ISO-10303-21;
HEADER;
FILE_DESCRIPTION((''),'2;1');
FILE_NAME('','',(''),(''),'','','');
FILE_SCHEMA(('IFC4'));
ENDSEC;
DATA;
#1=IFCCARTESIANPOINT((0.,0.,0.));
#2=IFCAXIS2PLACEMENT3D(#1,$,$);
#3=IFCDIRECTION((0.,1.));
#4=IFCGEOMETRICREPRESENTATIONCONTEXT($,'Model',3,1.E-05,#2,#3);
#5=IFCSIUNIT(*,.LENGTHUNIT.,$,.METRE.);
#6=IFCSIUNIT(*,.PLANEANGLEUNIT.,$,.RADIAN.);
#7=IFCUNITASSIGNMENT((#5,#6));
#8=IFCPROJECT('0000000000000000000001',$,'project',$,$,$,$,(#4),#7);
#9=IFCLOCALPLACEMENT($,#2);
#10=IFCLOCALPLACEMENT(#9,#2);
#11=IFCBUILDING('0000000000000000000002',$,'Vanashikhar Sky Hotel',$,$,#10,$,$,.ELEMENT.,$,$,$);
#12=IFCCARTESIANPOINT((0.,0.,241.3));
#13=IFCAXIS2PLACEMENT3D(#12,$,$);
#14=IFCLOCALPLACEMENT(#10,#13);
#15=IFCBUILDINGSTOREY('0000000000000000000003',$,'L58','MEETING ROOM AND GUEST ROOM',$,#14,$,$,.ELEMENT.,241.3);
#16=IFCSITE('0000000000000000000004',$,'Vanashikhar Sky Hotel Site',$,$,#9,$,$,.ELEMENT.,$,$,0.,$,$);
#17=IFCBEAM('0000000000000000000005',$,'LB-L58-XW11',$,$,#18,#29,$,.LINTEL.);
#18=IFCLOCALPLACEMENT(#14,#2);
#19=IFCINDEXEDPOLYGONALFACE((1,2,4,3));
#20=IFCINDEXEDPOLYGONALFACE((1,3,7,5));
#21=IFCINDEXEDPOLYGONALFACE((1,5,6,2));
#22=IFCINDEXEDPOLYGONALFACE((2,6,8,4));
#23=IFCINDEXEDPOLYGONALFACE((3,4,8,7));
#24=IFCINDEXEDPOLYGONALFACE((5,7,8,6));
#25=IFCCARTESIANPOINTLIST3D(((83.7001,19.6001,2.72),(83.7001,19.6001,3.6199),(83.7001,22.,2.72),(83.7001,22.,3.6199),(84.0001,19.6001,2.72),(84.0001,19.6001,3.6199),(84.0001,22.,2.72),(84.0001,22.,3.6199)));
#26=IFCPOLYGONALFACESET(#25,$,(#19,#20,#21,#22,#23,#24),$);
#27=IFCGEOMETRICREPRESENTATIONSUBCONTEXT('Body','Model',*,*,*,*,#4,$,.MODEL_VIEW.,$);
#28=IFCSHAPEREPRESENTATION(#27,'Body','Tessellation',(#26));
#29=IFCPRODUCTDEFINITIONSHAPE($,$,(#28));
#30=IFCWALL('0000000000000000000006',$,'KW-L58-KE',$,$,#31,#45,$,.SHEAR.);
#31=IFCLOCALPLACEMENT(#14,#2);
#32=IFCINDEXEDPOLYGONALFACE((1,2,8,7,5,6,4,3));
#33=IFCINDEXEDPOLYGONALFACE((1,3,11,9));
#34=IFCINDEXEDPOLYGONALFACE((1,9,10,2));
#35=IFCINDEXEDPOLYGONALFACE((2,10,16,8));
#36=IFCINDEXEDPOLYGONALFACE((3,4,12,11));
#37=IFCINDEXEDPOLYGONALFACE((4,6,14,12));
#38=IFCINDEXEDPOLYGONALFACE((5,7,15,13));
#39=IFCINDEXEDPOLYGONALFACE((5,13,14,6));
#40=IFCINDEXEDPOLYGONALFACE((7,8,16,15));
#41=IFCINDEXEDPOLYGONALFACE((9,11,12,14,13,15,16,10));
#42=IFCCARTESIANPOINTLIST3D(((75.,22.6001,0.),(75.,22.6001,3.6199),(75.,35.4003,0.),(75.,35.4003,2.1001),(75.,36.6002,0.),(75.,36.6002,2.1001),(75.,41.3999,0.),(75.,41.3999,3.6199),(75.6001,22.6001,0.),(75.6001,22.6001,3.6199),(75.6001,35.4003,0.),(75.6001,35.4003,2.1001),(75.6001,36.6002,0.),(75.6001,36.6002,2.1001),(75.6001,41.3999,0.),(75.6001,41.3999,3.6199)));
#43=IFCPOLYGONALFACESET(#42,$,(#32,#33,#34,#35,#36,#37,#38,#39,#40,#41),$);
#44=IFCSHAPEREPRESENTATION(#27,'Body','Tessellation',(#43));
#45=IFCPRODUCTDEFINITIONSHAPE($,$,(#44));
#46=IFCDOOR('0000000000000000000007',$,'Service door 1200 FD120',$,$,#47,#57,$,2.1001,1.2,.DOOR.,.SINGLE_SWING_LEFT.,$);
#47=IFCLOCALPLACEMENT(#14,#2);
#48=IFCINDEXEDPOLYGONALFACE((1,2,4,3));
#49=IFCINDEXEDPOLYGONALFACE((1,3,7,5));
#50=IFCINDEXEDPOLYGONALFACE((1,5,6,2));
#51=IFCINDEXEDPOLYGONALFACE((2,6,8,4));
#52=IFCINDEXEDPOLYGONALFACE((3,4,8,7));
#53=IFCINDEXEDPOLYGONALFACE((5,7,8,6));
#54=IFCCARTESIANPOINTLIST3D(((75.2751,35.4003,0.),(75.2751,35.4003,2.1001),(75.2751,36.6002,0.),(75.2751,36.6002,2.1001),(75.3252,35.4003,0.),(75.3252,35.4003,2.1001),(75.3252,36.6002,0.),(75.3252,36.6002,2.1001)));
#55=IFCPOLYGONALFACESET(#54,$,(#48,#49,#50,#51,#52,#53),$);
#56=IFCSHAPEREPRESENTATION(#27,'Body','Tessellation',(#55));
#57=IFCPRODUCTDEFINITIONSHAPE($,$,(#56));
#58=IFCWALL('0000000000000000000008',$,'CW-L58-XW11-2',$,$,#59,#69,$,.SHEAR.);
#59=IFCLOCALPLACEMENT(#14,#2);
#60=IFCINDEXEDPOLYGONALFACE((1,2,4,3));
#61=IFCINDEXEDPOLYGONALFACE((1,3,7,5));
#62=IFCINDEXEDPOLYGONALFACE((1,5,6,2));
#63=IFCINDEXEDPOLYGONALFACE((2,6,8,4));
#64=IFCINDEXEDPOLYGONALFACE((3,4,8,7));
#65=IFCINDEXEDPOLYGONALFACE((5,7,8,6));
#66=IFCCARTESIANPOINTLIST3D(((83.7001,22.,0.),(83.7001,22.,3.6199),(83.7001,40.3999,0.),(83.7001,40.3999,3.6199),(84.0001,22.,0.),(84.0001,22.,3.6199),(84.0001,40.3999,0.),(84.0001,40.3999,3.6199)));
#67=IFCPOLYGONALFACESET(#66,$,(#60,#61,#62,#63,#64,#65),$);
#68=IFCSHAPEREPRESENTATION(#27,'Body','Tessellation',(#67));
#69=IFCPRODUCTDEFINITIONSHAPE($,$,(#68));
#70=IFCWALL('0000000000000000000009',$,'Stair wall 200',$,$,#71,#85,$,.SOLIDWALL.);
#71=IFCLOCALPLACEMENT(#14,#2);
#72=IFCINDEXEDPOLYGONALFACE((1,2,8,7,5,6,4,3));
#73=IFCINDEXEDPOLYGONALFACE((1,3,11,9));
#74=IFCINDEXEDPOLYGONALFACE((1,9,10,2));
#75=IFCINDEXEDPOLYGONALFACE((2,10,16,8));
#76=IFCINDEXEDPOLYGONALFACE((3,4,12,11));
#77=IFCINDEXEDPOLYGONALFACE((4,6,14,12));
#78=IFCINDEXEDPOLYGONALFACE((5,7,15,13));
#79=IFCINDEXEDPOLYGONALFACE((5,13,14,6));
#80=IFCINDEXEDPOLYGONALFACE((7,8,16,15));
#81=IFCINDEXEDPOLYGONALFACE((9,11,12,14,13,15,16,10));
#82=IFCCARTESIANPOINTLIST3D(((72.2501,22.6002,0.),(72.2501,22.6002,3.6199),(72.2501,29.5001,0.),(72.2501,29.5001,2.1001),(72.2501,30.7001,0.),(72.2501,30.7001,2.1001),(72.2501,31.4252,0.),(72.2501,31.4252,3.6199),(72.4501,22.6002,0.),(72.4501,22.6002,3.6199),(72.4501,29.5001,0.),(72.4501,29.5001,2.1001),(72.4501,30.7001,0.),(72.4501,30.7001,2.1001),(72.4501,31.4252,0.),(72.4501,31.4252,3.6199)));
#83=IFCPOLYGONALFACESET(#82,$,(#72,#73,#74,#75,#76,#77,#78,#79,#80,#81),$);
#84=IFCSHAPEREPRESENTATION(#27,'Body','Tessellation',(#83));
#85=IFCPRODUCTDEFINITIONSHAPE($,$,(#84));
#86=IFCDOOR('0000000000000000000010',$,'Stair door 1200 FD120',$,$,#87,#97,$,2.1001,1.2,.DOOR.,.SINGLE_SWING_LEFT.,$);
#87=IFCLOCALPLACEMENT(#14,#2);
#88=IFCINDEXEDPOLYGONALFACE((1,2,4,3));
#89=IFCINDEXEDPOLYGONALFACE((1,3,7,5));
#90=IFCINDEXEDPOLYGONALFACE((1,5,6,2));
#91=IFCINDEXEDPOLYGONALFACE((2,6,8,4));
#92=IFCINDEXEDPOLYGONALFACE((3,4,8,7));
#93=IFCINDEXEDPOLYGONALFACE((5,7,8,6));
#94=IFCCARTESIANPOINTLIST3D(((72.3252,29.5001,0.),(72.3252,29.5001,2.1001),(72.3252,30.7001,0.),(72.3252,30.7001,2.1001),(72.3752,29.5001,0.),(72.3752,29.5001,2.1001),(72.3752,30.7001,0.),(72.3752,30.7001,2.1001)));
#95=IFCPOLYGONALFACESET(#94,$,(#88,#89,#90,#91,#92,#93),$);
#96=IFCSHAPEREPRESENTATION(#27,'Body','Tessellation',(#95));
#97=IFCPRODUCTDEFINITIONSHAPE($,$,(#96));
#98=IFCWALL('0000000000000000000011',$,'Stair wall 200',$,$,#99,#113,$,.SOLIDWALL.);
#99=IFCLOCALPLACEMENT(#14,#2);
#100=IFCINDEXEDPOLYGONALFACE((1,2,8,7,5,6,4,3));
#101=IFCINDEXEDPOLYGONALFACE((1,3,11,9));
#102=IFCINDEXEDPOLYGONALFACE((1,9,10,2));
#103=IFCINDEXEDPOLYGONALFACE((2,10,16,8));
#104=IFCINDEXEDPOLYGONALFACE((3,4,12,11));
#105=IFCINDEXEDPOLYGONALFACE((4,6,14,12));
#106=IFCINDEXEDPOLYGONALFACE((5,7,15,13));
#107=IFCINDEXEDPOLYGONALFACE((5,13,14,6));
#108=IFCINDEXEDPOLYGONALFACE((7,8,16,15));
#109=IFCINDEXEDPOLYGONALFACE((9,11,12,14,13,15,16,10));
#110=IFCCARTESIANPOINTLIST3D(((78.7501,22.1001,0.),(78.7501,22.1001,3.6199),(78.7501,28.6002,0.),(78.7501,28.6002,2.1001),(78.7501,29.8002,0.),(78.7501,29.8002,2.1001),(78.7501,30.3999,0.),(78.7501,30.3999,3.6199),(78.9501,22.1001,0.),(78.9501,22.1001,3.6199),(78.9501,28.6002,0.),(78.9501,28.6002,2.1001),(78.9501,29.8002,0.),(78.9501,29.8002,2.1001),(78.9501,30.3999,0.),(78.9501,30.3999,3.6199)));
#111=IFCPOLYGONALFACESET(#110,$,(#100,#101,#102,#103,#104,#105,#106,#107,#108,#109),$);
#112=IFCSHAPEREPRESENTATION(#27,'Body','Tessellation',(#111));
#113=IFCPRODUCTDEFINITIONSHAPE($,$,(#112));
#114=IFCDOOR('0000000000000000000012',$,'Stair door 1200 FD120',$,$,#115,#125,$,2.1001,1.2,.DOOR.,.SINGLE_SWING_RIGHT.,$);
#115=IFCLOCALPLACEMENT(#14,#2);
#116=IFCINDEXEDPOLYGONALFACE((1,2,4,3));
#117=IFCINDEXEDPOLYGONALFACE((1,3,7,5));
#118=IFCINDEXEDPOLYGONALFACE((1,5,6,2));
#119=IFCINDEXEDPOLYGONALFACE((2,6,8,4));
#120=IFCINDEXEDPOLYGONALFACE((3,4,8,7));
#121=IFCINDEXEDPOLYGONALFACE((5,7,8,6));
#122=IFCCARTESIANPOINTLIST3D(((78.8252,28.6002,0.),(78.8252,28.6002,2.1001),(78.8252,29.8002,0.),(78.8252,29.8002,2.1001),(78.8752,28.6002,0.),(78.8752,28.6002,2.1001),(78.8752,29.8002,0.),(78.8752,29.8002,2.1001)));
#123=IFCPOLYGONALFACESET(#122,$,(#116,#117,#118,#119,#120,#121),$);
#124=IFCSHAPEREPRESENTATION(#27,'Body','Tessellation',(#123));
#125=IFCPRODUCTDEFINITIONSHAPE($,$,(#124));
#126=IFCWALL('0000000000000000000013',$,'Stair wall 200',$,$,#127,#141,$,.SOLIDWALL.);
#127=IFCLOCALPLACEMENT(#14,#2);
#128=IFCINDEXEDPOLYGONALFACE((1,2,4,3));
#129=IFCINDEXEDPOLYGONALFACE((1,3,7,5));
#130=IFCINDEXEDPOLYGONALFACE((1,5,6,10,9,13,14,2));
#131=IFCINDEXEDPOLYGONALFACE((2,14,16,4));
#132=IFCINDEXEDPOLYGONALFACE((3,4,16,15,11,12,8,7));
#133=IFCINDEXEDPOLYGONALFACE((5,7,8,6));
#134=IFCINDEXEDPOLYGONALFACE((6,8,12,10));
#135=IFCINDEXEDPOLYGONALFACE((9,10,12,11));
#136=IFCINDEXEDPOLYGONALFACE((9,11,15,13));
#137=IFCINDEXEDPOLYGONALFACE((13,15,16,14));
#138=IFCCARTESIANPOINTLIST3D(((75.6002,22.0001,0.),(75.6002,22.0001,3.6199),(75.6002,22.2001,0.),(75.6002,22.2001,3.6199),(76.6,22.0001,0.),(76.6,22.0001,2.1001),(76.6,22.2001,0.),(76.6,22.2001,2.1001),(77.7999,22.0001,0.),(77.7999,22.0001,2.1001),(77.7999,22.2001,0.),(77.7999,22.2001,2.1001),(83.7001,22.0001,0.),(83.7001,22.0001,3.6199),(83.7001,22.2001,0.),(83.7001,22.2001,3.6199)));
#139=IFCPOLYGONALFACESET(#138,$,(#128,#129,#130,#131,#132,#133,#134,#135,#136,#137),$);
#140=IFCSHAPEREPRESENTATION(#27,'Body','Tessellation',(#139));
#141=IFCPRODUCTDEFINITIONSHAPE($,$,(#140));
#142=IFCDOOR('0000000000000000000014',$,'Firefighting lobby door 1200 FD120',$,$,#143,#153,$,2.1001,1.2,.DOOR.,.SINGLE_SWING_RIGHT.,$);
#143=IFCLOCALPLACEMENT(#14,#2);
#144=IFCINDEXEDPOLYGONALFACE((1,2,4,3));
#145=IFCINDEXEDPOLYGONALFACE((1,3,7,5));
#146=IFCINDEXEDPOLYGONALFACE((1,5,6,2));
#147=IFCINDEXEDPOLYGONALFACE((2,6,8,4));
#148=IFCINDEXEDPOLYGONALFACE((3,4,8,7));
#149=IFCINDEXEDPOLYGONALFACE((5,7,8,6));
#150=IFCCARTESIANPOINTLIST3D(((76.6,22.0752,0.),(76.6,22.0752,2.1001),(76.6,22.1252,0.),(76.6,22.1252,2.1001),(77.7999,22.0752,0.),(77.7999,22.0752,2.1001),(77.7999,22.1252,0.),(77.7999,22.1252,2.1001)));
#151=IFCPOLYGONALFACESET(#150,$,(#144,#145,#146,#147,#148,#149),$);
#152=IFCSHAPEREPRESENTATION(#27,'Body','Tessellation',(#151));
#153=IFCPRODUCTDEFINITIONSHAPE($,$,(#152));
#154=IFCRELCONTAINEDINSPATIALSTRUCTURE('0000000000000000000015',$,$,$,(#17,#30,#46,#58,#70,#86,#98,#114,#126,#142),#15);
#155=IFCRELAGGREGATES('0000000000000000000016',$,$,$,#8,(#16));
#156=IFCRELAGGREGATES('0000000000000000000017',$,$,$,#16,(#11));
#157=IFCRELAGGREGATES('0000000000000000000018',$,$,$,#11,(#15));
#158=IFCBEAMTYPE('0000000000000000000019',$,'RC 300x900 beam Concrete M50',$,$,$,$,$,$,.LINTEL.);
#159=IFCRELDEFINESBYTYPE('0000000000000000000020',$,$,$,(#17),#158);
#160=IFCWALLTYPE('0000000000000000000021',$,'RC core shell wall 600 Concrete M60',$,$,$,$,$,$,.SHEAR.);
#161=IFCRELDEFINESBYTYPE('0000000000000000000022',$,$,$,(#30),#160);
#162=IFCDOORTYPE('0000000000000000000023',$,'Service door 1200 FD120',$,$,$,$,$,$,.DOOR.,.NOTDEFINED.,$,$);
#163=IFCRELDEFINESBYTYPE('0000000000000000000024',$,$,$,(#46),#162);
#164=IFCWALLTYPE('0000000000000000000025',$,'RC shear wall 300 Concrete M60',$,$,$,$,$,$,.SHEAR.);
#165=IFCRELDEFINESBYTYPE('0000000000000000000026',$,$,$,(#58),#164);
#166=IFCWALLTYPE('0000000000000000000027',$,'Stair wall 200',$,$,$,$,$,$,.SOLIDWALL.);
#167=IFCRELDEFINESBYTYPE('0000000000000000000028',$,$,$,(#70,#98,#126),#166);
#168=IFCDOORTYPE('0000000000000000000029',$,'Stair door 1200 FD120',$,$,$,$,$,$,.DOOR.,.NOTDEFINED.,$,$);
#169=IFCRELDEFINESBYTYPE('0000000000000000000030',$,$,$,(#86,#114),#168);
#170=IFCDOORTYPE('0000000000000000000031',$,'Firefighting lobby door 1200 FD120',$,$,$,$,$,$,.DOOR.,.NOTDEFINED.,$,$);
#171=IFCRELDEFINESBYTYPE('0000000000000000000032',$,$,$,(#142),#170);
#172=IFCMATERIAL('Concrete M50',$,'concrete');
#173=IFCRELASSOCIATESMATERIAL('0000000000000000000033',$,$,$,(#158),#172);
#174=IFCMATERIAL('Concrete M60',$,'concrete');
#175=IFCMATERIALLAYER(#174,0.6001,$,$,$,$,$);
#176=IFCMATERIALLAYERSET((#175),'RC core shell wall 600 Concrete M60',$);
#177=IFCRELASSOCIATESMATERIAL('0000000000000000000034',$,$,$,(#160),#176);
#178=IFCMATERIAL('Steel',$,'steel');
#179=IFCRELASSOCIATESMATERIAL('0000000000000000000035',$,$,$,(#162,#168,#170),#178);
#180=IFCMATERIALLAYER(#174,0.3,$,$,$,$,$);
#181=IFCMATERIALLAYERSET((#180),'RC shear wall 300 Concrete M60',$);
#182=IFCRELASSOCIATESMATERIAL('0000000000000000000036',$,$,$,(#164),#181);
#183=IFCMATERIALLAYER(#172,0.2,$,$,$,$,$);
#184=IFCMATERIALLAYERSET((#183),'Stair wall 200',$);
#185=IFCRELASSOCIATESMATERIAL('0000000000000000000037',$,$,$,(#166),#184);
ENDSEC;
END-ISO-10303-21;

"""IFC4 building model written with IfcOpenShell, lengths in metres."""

from ifc_helpers import new_model, si_unit, direction, frame, frame_2d, origin, origin_2d, place, context, subcontext, project, spatial, rectangle, extrude, source, transform, mapped, material, layer, layer_set, material_profile, profile_set, type_object, element, fill, save


model = new_model("IFC4")

# Units and contexts
model_context = context("Model", 3, precision=1e-05, world=origin(), true_north=direction((0.0, 1.0)))
body_context = subcontext(model_context, "Body", "Model", "MODEL_VIEW")
ifc_project = project(units=[si_unit("LENGTHUNIT", "METRE"), si_unit("PLANEANGLEUNIT", "RADIAN")], contexts=[model_context])

# Site, building, storey
site_placement = place(None, origin())
site = spatial("IfcSite", under=ifc_project, at=site_placement, Name="Vanashikhar Sky Hotel Site", CompositionType="ELEMENT", RefElevation=0.0)
building_placement = place(site_placement, origin())
building = spatial("IfcBuilding", under=site, at=building_placement, Name="Vanashikhar Sky Hotel", CompositionType="ELEMENT")
storey_placement = place(building_placement, frame((0.0, 0.0, 241.3)))
storey = spatial("IfcBuildingStorey", under=building, at=storey_placement, Name="L58", Description="MEETING ROOM AND GUEST ROOM", CompositionType="ELEMENT", Elevation=241.3)

# Beam
ifc_material_1 = material(Name="Concrete M50", Category="concrete")
ifc_material_profile = material_profile(ifc_material_1, rectangle(XDim=0.3, YDim=0.8999, at=origin_2d()))
ifc_profile_set = profile_set([ifc_material_profile], Name="RC 300x900 beam Concrete M50")
beam_type = type_object("IfcBeamType", Name="RC 300x900 beam Concrete M50", PredefinedType="LINTEL", material=ifc_profile_set)
shared_shape_1 = source(origin(), body_context, "Body", "SweptSolid", [
    extrude(rectangle(XDim=0.3, YDim=0.8999, at=origin_2d()), origin(), (0.0, 0.0, 1.0), 2.3999),
])
beam_placement = place(storey_placement, frame((83.8501, 19.6001, 3.1699), z_axis=(0.0, 1.0, 0.0), x_axis=(-1.0, 0.0, 0.0)))
element("IfcBeam", 1, at=beam_placement, inside=storey, type_object=beam_type, Name="LB-L58-XW11", PredefinedType="LINTEL", context=body_context, shape_type="MappedRepresentation", body=[
    mapped(shared_shape_1, transform((0.0, 0.0, 0.0), scale=1.0)),
])

# Wall, opening, door
ifc_material_2 = material(Name="Concrete M60", Category="concrete")
ifc_layer_1 = layer(ifc_material_2, 0.6001)
ifc_layer_set_1 = layer_set([ifc_layer_1], Name="RC core shell wall 600 Concrete M60")
wall_type_1 = type_object("IfcWallType", Name="RC core shell wall 600 Concrete M60", PredefinedType="SHEAR", material=ifc_layer_set_1)
shared_shape_2 = source(origin(), body_context, "Body", "SweptSolid", [
    extrude(rectangle(XDim=18.7998, YDim=0.6001, at=frame_2d((9.3999, 0.0))), origin(), (0.0, 0.0, 1.0), 3.6199),
])
wall_1_placement = place(storey_placement, frame((75.3, 22.6001, 0.0), z_axis=(0.0, 0.0, 1.0), x_axis=(0.0, 1.0, 0.0)))
wall_1 = element("IfcWall", 2, at=wall_1_placement, inside=storey, type_object=wall_type_1, Name="KW-L58-KE", PredefinedType="SHEAR", context=body_context, shape_type="MappedRepresentation", body=[
    mapped(shared_shape_2, transform((0.0, 0.0, 0.0), scale=1.0)),
])
shared_shape_3 = source(origin(), body_context, "Body", "SweptSolid", [
    extrude(rectangle(XDim=1.2, YDim=2.1001, at=frame_2d((0.6001, 1.05))), frame((0.0, 0.3101, 0.0), z_axis=(0.0, -1.0, 0.0), x_axis=(1.0, 0.0, 0.0)), (0.0, 0.0, 1.0), 0.6201),
])
opening_1_placement = place(wall_1_placement, frame((12.8, 0.0, 0.0)))
opening_1 = element("IfcOpeningElement", 3, at=opening_1_placement, cuts=wall_1, PredefinedType="OPENING", context=body_context, shape_type="MappedRepresentation", body=[
    mapped(shared_shape_3, transform((0.0, 0.0, 0.0), scale=1.0)),
])
ifc_material_3 = material(Name="Steel", Category="steel")
door_type_1 = type_object("IfcDoorType", Name="Service door 1200 FD120", OperationType="NOTDEFINED", PredefinedType="DOOR", material=ifc_material_3)
shared_shape_4 = source(origin(), body_context, "Body", "SweptSolid", [
    extrude(rectangle(XDim=1.2, YDim=2.1001, at=frame_2d((0.6001, 1.05))), frame((0.0, 0.0249, 0.0), z_axis=(0.0, -1.0, 0.0), x_axis=(1.0, 0.0, 0.0)), (0.0, 0.0, 1.0), 0.05),
])
door_1_placement = place(opening_1_placement, origin())
door_1 = element("IfcDoor", 4, at=door_1_placement, inside=storey, type_object=door_type_1, Name="Service door 1200 FD120", OperationType="SINGLE_SWING_LEFT", OverallHeight=2.1001, OverallWidth=1.2, PredefinedType="DOOR", context=body_context, shape_type="MappedRepresentation", body=[
    mapped(shared_shape_4, transform((0.0, 0.0, 0.0), scale=1.0)),
])
fill(opening_1, door_1)

# Wall
ifc_layer_2 = layer(ifc_material_2, 0.3)
ifc_layer_set_2 = layer_set([ifc_layer_2], Name="RC shear wall 300 Concrete M60")
wall_type_2 = type_object("IfcWallType", Name="RC shear wall 300 Concrete M60", PredefinedType="SHEAR", material=ifc_layer_set_2)
shared_shape_5 = source(origin(), body_context, "Body", "SweptSolid", [
    extrude(rectangle(XDim=18.3999, YDim=0.3, at=frame_2d((9.2, 0.0))), origin(), (0.0, 0.0, 1.0), 3.6199),
])
wall_2_placement = place(storey_placement, frame((83.8501, 22.0, 0.0), z_axis=(0.0, 0.0, 1.0), x_axis=(0.0, 1.0, 0.0)))
element("IfcWall", 5, at=wall_2_placement, inside=storey, type_object=wall_type_2, Name="CW-L58-XW11-2", PredefinedType="SHEAR", context=body_context, shape_type="MappedRepresentation", body=[
    mapped(shared_shape_5, transform((0.0, 0.0, 0.0), scale=1.0)),
])

# Walls, openings, doors
ifc_layer_3 = layer(ifc_material_1, 0.2)
ifc_layer_set_3 = layer_set([ifc_layer_3], Name="Stair wall 200")
wall_type_3 = type_object("IfcWallType", Name="Stair wall 200", PredefinedType="SOLIDWALL", material=ifc_layer_set_3)
shared_shape_6 = source(origin(), body_context, "Body", "SweptSolid", [
    extrude(rectangle(XDim=8.825, YDim=0.2, at=frame_2d((4.4126, 0.0))), origin(), (0.0, 0.0, 1.0), 3.6199),
])
wall_3_placement = place(storey_placement, frame((72.3501, 22.6001, 0.0), z_axis=(0.0, 0.0, 1.0), x_axis=(0.0, 1.0, 0.0)))
wall_3 = element("IfcWall", 6, at=wall_3_placement, inside=storey, type_object=wall_type_3, Name="Stair wall 200", PredefinedType="SOLIDWALL", context=body_context, shape_type="MappedRepresentation", body=[
    mapped(shared_shape_6, transform((0.0, 0.0, 0.0), scale=1.0)),
])
shared_shape_7 = source(origin(), body_context, "Body", "SweptSolid", [
    extrude(rectangle(XDim=1.2, YDim=2.1001, at=frame_2d((0.6001, 1.05))), frame((0.0, 0.1099, 0.0), z_axis=(0.0, -1.0, 0.0), x_axis=(1.0, 0.0, 0.0)), (0.0, 0.0, 1.0), 0.22),
])
opening_2_placement = place(wall_3_placement, frame((6.8999, 0.0, 0.0)))
opening_2 = element("IfcOpeningElement", 7, at=opening_2_placement, cuts=wall_3, PredefinedType="OPENING", context=body_context, shape_type="MappedRepresentation", body=[
    mapped(shared_shape_7, transform((0.0, 0.0, 0.0), scale=1.0)),
])
door_type_2 = type_object("IfcDoorType", Name="Stair door 1200 FD120", OperationType="NOTDEFINED", PredefinedType="DOOR", material=ifc_material_3)
door_2_placement = place(opening_2_placement, origin())
door_2 = element("IfcDoor", 8, at=door_2_placement, inside=storey, type_object=door_type_2, Name="Stair door 1200 FD120", OperationType="SINGLE_SWING_LEFT", OverallHeight=2.1001, OverallWidth=1.2, PredefinedType="DOOR", context=body_context, shape_type="MappedRepresentation", body=[
    mapped(shared_shape_4, transform((0.0, 0.0, 0.0), scale=1.0)),
])
fill(opening_2, door_2)
shared_shape_8 = source(origin(), body_context, "Body", "SweptSolid", [
    extrude(rectangle(XDim=8.2998, YDim=0.2, at=frame_2d((4.1499, 0.0))), origin(), (0.0, 0.0, 1.0), 3.6199),
])
wall_4_placement = place(storey_placement, frame((78.8501, 22.1001, 0.0), z_axis=(0.0, 0.0, 1.0), x_axis=(0.0, 1.0, 0.0)))
wall_4 = element("IfcWall", 9, at=wall_4_placement, inside=storey, type_object=wall_type_3, Name="Stair wall 200", PredefinedType="SOLIDWALL", context=body_context, shape_type="MappedRepresentation", body=[
    mapped(shared_shape_8, transform((0.0, 0.0, 0.0), scale=1.0)),
])
opening_3_placement = place(wall_4_placement, frame((6.5, 0.0, 0.0)))
opening_3 = element("IfcOpeningElement", 10, at=opening_3_placement, cuts=wall_4, PredefinedType="OPENING", context=body_context, shape_type="MappedRepresentation", body=[
    mapped(shared_shape_7, transform((0.0, 0.0, 0.0), scale=1.0)),
])
door_3_placement = place(opening_3_placement, origin())
door_3 = element("IfcDoor", 11, at=door_3_placement, inside=storey, type_object=door_type_2, Name="Stair door 1200 FD120", OperationType="SINGLE_SWING_RIGHT", OverallHeight=2.1001, OverallWidth=1.2, PredefinedType="DOOR", context=body_context, shape_type="MappedRepresentation", body=[
    mapped(shared_shape_4, transform((0.0, 0.0, 0.0), scale=1.0)),
])
fill(opening_3, door_3)
shared_shape_9 = source(origin(), body_context, "Body", "SweptSolid", [
    extrude(rectangle(XDim=8.0999, YDim=0.2, at=frame_2d((4.0498, 0.0))), origin(), (0.0, 0.0, 1.0), 3.6199),
])
wall_5_placement = place(storey_placement, frame((83.7, 22.1001, 0.0), z_axis=(0.0, 0.0, 1.0), x_axis=(-1.0, 0.0, 0.0)))
wall_5 = element("IfcWall", 12, at=wall_5_placement, inside=storey, type_object=wall_type_3, Name="Stair wall 200", PredefinedType="SOLIDWALL", context=body_context, shape_type="MappedRepresentation", body=[
    mapped(shared_shape_9, transform((0.0, 0.0, 0.0), scale=1.0)),
])
opening_4_placement = place(wall_5_placement, frame((5.8999, 0.0, 0.0)))
opening_4 = element("IfcOpeningElement", 13, at=opening_4_placement, cuts=wall_5, PredefinedType="OPENING", context=body_context, shape_type="MappedRepresentation", body=[
    mapped(shared_shape_7, transform((0.0, 0.0, 0.0), scale=1.0)),
])
door_type_3 = type_object("IfcDoorType", Name="Firefighting lobby door 1200 FD120", OperationType="NOTDEFINED", PredefinedType="DOOR", material=ifc_material_3)
door_4_placement = place(opening_4_placement, origin())
door_4 = element("IfcDoor", 14, at=door_4_placement, inside=storey, type_object=door_type_3, Name="Firefighting lobby door 1200 FD120", OperationType="SINGLE_SWING_RIGHT", OverallHeight=2.1001, OverallWidth=1.2, PredefinedType="DOOR", context=body_context, shape_type="MappedRepresentation", body=[
    mapped(shared_shape_4, transform((0.0, 0.0, 0.0), scale=1.0)),
])
fill(opening_4, door_4)

save(model, "model.ifc")
